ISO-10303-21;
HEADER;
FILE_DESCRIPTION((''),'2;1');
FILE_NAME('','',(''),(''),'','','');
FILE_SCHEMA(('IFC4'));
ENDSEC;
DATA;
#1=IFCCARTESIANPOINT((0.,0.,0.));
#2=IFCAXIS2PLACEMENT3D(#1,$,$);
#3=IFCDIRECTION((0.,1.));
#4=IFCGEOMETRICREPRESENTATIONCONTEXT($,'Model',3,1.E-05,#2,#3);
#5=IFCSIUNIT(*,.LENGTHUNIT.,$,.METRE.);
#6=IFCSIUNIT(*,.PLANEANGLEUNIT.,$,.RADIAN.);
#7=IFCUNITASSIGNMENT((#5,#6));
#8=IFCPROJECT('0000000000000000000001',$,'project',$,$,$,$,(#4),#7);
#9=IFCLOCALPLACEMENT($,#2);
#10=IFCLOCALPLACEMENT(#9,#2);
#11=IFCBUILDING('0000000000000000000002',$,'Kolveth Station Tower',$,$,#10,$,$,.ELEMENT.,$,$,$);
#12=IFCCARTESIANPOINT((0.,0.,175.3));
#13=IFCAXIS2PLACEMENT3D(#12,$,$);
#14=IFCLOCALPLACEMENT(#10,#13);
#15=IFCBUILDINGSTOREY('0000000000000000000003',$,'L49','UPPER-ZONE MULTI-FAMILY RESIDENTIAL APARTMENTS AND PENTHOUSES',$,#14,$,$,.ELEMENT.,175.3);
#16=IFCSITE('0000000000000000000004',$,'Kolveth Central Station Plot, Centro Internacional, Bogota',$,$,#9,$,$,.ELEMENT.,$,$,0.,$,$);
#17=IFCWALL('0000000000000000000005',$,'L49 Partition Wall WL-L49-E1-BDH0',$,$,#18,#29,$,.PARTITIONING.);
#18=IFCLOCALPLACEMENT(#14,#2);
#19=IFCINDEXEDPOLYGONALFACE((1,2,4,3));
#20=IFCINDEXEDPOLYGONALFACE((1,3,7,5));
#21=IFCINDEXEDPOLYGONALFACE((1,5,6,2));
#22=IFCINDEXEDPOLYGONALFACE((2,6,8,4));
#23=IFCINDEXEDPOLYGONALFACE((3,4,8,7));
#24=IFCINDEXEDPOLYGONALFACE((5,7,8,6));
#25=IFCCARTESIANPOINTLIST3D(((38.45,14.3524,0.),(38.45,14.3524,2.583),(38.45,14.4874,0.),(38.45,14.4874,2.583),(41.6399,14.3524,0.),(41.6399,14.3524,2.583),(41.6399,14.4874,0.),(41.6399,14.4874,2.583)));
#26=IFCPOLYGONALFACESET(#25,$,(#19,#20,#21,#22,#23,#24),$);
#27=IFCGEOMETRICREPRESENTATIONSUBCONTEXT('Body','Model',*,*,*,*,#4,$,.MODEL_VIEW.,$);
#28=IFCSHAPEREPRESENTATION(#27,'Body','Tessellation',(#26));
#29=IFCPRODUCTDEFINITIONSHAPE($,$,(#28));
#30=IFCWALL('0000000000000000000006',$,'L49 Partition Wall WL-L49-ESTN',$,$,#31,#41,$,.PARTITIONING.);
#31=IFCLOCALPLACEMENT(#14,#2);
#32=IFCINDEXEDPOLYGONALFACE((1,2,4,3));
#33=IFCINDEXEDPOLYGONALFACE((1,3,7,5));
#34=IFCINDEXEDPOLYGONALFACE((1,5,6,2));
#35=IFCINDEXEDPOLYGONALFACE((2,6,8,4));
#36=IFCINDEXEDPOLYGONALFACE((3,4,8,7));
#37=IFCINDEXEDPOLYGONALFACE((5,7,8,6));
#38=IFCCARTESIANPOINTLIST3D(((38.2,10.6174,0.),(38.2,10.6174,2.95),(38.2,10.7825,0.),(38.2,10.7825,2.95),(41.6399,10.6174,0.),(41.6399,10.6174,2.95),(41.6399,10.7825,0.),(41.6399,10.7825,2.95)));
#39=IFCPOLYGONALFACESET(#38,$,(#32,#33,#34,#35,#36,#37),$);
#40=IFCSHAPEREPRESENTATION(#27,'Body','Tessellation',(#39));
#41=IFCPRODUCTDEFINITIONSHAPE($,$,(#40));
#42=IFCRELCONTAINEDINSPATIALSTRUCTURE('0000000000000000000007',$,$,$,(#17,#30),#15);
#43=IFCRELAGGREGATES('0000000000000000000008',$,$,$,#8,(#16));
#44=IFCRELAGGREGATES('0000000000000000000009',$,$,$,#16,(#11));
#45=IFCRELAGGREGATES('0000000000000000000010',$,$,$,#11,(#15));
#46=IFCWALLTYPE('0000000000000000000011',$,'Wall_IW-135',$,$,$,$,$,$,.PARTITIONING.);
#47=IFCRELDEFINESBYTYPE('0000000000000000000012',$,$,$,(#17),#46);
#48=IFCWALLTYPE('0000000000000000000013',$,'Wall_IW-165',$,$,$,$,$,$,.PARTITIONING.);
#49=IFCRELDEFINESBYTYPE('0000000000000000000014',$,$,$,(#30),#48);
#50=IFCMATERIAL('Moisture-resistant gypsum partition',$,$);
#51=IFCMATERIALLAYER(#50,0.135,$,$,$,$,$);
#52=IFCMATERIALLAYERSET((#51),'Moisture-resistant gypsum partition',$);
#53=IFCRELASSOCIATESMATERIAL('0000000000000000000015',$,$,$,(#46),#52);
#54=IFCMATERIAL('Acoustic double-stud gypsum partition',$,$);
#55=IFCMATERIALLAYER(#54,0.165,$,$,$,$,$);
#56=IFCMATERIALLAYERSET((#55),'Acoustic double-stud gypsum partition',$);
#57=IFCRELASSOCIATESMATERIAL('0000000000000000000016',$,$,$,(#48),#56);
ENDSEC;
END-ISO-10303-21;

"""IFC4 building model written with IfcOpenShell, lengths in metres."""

from ifc_helpers import new_model, si_unit, direction, frame, frame_2d, origin, place, context, subcontext, project, spatial, rectangle, extrude, material, layer, layer_set, type_object, element, save


model = new_model("IFC4")

# Units and contexts
model_context = context("Model", 3, precision=1e-05, world=origin(), true_north=direction((0.0, 1.0)))
body_context = subcontext(model_context, "Body", "Model", "MODEL_VIEW")
ifc_project = project(units=[si_unit("LENGTHUNIT", "METRE"), si_unit("PLANEANGLEUNIT", "RADIAN")], contexts=[model_context])

# Site, building, storey
site_placement = place(None, origin())
site = spatial("IfcSite", under=ifc_project, at=site_placement, Name="Kolveth Central Station Plot, Centro Internacional, Bogota", CompositionType="ELEMENT", RefElevation=0.0)
building_placement = place(site_placement, origin())
building = spatial("IfcBuilding", under=site, at=building_placement, Name="Kolveth Station Tower", CompositionType="ELEMENT")
storey_placement = place(building_placement, frame((0.0, 0.0, 175.3)))
storey = spatial("IfcBuildingStorey", under=building, at=storey_placement, Name="L49", Description="UPPER-ZONE MULTI-FAMILY RESIDENTIAL APARTMENTS AND PENTHOUSES", CompositionType="ELEMENT", Elevation=175.3)

# Shared definitions
ifc_material_1 = material(Name="Moisture-resistant gypsum partition")
ifc_layer_1 = layer(ifc_material_1, 0.135)
ifc_layer_set_1 = layer_set([ifc_layer_1], Name="Moisture-resistant gypsum partition")
wall_type_1 = type_object("IfcWallType", Name="Wall_IW-135", PredefinedType="PARTITIONING", material=ifc_layer_set_1)

# Wall
wall_1_placement = place(storey_placement, frame((38.45, 14.4199, 0.0), z_axis=(0.0, 0.0, 1.0), x_axis=(1.0, 0.0, 0.0)))
element("IfcWall", 1, at=wall_1_placement, inside=storey, type_object=wall_type_1, Name="L49 Partition Wall WL-L49-E1-BDH0", PredefinedType="PARTITIONING", context=body_context, shape_type="SweptSolid", body=[
    extrude(rectangle(XDim=3.1899, YDim=0.135, at=frame_2d((1.595, 0.0))), origin(), (0.0, 0.0, 1.0), 2.583),
])

# Shared definitions
ifc_material_2 = material(Name="Acoustic double-stud gypsum partition")
ifc_layer_2 = layer(ifc_material_2, 0.165)
ifc_layer_set_2 = layer_set([ifc_layer_2], Name="Acoustic double-stud gypsum partition")
wall_type_2 = type_object("IfcWallType", Name="Wall_IW-165", PredefinedType="PARTITIONING", material=ifc_layer_set_2)

# Wall
wall_2_placement = place(storey_placement, frame((38.2, 10.7, 0.0), z_axis=(0.0, 0.0, 1.0), x_axis=(1.0, 0.0, 0.0)))
element("IfcWall", 2, at=wall_2_placement, inside=storey, type_object=wall_type_2, Name="L49 Partition Wall WL-L49-ESTN", PredefinedType="PARTITIONING", context=body_context, shape_type="SweptSolid", body=[
    extrude(rectangle(XDim=3.4399, YDim=0.165, at=frame_2d((1.72, 0.0))), origin(), (0.0, 0.0, 1.0), 2.95),
])

save(model, "model.ifc")
